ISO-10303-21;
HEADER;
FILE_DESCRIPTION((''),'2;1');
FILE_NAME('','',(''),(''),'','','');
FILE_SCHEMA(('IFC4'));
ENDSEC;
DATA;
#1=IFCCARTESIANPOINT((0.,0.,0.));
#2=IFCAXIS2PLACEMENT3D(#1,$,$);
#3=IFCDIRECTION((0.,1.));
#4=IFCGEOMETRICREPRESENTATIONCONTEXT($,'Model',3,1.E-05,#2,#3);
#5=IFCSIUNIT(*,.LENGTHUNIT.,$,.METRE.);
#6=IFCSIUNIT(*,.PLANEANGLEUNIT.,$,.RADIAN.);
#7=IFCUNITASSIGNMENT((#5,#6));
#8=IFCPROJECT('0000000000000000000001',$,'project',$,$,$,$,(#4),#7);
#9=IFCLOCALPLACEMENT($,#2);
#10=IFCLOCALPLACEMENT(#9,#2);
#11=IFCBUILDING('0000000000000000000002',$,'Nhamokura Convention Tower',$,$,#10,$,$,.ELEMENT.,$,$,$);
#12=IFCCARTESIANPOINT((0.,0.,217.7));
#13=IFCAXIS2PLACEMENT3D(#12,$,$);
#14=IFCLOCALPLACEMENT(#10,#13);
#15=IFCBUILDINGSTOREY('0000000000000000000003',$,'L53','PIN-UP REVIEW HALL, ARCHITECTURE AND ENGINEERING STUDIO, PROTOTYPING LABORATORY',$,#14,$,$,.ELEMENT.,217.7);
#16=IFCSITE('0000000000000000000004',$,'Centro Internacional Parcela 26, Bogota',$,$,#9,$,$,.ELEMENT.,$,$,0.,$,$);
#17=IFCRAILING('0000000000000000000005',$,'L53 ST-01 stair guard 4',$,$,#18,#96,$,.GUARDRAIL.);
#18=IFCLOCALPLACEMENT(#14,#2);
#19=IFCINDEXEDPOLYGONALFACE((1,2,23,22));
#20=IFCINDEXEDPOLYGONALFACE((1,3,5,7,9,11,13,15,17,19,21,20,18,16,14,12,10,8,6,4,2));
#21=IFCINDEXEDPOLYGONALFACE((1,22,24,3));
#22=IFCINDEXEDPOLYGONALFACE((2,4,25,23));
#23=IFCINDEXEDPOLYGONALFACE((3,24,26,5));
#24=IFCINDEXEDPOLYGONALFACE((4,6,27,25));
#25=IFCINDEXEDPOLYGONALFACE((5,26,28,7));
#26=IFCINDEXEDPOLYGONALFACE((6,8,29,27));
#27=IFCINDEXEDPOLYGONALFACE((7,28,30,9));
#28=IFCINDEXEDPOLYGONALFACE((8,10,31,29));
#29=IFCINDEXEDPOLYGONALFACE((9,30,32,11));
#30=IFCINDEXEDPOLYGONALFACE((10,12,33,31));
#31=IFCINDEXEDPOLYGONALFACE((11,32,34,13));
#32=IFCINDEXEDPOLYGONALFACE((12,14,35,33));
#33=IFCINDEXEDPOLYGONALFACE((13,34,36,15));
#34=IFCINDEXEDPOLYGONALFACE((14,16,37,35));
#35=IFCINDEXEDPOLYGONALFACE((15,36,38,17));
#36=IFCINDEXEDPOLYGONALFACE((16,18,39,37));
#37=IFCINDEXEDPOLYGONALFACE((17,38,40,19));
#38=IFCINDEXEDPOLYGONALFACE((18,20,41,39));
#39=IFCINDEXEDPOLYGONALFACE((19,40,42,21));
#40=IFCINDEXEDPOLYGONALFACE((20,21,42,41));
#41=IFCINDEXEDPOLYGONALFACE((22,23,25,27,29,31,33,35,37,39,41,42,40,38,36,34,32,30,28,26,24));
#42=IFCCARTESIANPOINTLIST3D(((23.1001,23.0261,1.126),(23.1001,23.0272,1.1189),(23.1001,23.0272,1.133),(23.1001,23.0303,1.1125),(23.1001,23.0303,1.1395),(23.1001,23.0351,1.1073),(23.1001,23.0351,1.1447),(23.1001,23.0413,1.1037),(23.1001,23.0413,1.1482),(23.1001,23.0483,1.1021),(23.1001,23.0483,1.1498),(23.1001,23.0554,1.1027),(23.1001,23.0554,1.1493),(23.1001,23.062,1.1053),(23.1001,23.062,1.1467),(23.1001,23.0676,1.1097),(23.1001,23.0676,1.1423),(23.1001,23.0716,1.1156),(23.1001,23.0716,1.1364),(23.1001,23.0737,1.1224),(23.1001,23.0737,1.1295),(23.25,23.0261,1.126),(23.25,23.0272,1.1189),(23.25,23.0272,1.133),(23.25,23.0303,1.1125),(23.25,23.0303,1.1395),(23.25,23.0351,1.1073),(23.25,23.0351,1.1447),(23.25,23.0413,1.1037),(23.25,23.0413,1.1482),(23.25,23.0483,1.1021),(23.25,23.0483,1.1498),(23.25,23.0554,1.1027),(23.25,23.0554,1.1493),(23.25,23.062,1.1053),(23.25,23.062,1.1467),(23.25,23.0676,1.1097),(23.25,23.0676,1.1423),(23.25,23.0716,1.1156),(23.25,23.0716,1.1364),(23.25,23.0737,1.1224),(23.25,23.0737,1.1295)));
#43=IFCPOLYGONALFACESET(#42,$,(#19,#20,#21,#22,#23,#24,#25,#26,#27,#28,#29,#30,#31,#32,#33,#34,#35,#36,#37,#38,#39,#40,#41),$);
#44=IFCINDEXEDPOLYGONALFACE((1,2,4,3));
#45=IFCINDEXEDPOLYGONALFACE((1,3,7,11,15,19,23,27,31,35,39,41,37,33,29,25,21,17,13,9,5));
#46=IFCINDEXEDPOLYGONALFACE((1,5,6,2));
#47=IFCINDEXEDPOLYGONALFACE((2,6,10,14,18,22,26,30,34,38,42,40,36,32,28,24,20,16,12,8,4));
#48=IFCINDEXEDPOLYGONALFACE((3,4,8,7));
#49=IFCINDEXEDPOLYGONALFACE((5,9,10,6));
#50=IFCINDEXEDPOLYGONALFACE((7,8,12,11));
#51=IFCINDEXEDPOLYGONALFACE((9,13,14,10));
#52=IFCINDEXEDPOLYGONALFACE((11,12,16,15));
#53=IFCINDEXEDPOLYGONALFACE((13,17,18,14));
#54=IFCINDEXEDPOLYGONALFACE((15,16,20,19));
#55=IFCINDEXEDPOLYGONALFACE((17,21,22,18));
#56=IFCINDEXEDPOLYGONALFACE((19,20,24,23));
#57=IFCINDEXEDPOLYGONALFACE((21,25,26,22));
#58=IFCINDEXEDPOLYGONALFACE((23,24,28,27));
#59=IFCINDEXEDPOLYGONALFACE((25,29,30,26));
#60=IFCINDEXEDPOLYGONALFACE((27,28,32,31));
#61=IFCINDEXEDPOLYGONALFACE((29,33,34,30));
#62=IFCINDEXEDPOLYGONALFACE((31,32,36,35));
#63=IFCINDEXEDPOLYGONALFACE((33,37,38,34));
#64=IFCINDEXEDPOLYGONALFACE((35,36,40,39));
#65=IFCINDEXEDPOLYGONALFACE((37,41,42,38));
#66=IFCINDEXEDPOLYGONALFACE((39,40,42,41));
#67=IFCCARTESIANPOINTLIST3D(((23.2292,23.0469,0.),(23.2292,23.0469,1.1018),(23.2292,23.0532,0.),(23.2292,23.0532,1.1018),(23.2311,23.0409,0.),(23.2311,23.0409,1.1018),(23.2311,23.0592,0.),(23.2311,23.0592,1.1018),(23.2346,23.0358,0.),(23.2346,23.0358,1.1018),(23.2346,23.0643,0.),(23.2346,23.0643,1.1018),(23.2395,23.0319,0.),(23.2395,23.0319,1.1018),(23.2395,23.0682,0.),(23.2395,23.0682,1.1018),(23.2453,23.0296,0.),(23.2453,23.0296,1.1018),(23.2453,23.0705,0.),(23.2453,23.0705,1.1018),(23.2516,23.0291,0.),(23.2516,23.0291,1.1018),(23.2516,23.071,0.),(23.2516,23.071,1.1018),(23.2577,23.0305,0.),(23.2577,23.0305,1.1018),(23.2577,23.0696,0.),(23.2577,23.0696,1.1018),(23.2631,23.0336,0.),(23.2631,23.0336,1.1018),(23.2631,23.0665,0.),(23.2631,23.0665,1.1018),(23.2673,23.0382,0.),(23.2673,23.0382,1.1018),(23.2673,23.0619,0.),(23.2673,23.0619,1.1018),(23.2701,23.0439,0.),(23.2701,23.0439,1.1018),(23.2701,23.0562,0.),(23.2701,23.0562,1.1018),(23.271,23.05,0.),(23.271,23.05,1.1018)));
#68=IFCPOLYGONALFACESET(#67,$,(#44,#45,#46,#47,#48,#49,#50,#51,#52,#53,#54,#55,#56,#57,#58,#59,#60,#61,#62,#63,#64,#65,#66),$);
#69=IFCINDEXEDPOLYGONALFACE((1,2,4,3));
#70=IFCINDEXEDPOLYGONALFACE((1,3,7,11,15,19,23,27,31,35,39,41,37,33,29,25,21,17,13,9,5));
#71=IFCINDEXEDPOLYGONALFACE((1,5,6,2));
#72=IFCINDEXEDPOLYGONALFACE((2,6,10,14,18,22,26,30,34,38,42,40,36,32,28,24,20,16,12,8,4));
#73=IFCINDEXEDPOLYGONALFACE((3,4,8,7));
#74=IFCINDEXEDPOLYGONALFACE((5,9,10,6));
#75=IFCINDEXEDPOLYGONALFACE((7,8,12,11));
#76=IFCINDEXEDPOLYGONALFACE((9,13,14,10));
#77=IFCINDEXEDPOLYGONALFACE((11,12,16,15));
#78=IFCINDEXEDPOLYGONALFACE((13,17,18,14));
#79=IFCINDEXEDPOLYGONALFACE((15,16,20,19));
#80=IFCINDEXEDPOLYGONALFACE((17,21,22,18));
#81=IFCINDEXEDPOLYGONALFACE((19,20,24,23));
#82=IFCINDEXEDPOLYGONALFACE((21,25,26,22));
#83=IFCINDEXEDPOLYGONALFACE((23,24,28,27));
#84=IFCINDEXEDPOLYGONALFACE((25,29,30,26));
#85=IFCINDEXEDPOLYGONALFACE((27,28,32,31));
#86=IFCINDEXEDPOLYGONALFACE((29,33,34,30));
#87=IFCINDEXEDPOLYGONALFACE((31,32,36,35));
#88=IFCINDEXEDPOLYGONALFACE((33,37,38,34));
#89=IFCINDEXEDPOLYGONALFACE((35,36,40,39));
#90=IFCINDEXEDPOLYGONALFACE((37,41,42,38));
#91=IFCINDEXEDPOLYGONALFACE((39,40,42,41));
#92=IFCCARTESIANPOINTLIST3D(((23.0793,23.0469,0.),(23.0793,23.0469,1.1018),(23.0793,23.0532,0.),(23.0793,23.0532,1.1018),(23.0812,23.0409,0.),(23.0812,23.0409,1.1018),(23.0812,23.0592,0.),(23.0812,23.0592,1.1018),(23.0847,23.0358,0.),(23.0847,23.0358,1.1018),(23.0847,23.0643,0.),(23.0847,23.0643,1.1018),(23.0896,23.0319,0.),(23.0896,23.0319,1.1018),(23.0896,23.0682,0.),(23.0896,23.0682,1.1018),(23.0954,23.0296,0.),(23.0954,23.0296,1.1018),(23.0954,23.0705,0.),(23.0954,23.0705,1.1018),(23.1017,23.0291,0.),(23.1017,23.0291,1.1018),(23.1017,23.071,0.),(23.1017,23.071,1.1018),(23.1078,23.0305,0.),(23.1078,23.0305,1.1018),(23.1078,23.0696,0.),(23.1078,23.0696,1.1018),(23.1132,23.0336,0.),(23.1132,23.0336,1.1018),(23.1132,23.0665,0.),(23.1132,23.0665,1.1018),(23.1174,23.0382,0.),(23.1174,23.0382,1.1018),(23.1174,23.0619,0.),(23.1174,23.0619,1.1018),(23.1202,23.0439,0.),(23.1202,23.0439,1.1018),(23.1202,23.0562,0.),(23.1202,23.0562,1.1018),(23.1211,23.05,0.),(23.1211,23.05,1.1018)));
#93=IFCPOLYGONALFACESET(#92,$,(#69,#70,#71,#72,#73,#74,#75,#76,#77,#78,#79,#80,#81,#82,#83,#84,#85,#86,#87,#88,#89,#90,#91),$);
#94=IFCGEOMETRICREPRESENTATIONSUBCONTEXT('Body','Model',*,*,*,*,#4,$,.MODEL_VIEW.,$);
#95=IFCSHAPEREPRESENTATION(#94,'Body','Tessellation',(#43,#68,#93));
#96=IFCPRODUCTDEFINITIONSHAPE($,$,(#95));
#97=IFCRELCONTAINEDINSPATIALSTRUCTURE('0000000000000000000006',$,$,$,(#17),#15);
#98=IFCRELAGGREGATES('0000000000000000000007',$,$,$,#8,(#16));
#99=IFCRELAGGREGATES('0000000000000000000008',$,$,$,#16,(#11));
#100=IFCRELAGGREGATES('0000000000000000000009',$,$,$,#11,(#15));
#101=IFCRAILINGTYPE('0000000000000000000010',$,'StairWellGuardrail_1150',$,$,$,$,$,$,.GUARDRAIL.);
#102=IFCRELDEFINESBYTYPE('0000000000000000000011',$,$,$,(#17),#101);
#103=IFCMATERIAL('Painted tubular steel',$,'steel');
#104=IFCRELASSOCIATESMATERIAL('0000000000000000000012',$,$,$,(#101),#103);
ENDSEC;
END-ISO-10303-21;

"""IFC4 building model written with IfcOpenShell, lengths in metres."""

from ifc_helpers import new_model, si_unit, direction, frame, origin, origin_2d, place, context, subcontext, project, spatial, circle, extrude, material, type_object, element, save


model = new_model("IFC4")

# Units and contexts
model_context = context("Model", 3, precision=1e-05, world=origin(), true_north=direction((0.0, 1.0)))
body_context = subcontext(model_context, "Body", "Model", "MODEL_VIEW")
ifc_project = project(units=[si_unit("LENGTHUNIT", "METRE"), si_unit("PLANEANGLEUNIT", "RADIAN")], contexts=[model_context])

# Site, building, storey
site_placement = place(None, origin())
site = spatial("IfcSite", under=ifc_project, at=site_placement, Name="Centro Internacional Parcela 26, Bogota", CompositionType="ELEMENT", RefElevation=0.0)
building_placement = place(site_placement, origin())
building = spatial("IfcBuilding", under=site, at=building_placement, Name="Nhamokura Convention Tower", CompositionType="ELEMENT")
storey_placement = place(building_placement, frame((0.0, 0.0, 217.7)))
storey = spatial("IfcBuildingStorey", under=building, at=storey_placement, Name="L53", Description="PIN-UP REVIEW HALL, ARCHITECTURE AND ENGINEERING STUDIO, PROTOTYPING LABORATORY", CompositionType="ELEMENT", Elevation=217.7)

# Railing
ifc_material_1 = material(Name="Painted tubular steel", Category="steel")
railing_type_1 = type_object("IfcRailingType", Name="StairWellGuardrail_1150", PredefinedType="GUARDRAIL", material=ifc_material_1)
railing_1_placement = place(storey_placement, frame((23.25, 23.05, 0.0)))
element("IfcRailing", 1, at=railing_1_placement, inside=storey, type_object=railing_type_1, Name="L53 ST-01 stair guard 4", PredefinedType="GUARDRAIL", context=body_context, shape_type="SweptSolid", body=[
    extrude(circle(Radius=0.0239, at=origin_2d()), frame((0.0, 0.0, 1.126), z_axis=(-1.0, 0.0, 0.0), x_axis=(0.0, -1.0, 0.0)), (0.0, 0.0, 1.0), 0.1499),
    extrude(circle(Radius=0.021, at=origin_2d()), origin(), (0.0, 0.0, 1.0), 1.1018),
    extrude(circle(Radius=0.021, at=origin_2d()), frame((-0.1499, 0.0, 0.0)), (0.0, 0.0, 1.0), 1.1018),
])

save(model, "model.ifc")
